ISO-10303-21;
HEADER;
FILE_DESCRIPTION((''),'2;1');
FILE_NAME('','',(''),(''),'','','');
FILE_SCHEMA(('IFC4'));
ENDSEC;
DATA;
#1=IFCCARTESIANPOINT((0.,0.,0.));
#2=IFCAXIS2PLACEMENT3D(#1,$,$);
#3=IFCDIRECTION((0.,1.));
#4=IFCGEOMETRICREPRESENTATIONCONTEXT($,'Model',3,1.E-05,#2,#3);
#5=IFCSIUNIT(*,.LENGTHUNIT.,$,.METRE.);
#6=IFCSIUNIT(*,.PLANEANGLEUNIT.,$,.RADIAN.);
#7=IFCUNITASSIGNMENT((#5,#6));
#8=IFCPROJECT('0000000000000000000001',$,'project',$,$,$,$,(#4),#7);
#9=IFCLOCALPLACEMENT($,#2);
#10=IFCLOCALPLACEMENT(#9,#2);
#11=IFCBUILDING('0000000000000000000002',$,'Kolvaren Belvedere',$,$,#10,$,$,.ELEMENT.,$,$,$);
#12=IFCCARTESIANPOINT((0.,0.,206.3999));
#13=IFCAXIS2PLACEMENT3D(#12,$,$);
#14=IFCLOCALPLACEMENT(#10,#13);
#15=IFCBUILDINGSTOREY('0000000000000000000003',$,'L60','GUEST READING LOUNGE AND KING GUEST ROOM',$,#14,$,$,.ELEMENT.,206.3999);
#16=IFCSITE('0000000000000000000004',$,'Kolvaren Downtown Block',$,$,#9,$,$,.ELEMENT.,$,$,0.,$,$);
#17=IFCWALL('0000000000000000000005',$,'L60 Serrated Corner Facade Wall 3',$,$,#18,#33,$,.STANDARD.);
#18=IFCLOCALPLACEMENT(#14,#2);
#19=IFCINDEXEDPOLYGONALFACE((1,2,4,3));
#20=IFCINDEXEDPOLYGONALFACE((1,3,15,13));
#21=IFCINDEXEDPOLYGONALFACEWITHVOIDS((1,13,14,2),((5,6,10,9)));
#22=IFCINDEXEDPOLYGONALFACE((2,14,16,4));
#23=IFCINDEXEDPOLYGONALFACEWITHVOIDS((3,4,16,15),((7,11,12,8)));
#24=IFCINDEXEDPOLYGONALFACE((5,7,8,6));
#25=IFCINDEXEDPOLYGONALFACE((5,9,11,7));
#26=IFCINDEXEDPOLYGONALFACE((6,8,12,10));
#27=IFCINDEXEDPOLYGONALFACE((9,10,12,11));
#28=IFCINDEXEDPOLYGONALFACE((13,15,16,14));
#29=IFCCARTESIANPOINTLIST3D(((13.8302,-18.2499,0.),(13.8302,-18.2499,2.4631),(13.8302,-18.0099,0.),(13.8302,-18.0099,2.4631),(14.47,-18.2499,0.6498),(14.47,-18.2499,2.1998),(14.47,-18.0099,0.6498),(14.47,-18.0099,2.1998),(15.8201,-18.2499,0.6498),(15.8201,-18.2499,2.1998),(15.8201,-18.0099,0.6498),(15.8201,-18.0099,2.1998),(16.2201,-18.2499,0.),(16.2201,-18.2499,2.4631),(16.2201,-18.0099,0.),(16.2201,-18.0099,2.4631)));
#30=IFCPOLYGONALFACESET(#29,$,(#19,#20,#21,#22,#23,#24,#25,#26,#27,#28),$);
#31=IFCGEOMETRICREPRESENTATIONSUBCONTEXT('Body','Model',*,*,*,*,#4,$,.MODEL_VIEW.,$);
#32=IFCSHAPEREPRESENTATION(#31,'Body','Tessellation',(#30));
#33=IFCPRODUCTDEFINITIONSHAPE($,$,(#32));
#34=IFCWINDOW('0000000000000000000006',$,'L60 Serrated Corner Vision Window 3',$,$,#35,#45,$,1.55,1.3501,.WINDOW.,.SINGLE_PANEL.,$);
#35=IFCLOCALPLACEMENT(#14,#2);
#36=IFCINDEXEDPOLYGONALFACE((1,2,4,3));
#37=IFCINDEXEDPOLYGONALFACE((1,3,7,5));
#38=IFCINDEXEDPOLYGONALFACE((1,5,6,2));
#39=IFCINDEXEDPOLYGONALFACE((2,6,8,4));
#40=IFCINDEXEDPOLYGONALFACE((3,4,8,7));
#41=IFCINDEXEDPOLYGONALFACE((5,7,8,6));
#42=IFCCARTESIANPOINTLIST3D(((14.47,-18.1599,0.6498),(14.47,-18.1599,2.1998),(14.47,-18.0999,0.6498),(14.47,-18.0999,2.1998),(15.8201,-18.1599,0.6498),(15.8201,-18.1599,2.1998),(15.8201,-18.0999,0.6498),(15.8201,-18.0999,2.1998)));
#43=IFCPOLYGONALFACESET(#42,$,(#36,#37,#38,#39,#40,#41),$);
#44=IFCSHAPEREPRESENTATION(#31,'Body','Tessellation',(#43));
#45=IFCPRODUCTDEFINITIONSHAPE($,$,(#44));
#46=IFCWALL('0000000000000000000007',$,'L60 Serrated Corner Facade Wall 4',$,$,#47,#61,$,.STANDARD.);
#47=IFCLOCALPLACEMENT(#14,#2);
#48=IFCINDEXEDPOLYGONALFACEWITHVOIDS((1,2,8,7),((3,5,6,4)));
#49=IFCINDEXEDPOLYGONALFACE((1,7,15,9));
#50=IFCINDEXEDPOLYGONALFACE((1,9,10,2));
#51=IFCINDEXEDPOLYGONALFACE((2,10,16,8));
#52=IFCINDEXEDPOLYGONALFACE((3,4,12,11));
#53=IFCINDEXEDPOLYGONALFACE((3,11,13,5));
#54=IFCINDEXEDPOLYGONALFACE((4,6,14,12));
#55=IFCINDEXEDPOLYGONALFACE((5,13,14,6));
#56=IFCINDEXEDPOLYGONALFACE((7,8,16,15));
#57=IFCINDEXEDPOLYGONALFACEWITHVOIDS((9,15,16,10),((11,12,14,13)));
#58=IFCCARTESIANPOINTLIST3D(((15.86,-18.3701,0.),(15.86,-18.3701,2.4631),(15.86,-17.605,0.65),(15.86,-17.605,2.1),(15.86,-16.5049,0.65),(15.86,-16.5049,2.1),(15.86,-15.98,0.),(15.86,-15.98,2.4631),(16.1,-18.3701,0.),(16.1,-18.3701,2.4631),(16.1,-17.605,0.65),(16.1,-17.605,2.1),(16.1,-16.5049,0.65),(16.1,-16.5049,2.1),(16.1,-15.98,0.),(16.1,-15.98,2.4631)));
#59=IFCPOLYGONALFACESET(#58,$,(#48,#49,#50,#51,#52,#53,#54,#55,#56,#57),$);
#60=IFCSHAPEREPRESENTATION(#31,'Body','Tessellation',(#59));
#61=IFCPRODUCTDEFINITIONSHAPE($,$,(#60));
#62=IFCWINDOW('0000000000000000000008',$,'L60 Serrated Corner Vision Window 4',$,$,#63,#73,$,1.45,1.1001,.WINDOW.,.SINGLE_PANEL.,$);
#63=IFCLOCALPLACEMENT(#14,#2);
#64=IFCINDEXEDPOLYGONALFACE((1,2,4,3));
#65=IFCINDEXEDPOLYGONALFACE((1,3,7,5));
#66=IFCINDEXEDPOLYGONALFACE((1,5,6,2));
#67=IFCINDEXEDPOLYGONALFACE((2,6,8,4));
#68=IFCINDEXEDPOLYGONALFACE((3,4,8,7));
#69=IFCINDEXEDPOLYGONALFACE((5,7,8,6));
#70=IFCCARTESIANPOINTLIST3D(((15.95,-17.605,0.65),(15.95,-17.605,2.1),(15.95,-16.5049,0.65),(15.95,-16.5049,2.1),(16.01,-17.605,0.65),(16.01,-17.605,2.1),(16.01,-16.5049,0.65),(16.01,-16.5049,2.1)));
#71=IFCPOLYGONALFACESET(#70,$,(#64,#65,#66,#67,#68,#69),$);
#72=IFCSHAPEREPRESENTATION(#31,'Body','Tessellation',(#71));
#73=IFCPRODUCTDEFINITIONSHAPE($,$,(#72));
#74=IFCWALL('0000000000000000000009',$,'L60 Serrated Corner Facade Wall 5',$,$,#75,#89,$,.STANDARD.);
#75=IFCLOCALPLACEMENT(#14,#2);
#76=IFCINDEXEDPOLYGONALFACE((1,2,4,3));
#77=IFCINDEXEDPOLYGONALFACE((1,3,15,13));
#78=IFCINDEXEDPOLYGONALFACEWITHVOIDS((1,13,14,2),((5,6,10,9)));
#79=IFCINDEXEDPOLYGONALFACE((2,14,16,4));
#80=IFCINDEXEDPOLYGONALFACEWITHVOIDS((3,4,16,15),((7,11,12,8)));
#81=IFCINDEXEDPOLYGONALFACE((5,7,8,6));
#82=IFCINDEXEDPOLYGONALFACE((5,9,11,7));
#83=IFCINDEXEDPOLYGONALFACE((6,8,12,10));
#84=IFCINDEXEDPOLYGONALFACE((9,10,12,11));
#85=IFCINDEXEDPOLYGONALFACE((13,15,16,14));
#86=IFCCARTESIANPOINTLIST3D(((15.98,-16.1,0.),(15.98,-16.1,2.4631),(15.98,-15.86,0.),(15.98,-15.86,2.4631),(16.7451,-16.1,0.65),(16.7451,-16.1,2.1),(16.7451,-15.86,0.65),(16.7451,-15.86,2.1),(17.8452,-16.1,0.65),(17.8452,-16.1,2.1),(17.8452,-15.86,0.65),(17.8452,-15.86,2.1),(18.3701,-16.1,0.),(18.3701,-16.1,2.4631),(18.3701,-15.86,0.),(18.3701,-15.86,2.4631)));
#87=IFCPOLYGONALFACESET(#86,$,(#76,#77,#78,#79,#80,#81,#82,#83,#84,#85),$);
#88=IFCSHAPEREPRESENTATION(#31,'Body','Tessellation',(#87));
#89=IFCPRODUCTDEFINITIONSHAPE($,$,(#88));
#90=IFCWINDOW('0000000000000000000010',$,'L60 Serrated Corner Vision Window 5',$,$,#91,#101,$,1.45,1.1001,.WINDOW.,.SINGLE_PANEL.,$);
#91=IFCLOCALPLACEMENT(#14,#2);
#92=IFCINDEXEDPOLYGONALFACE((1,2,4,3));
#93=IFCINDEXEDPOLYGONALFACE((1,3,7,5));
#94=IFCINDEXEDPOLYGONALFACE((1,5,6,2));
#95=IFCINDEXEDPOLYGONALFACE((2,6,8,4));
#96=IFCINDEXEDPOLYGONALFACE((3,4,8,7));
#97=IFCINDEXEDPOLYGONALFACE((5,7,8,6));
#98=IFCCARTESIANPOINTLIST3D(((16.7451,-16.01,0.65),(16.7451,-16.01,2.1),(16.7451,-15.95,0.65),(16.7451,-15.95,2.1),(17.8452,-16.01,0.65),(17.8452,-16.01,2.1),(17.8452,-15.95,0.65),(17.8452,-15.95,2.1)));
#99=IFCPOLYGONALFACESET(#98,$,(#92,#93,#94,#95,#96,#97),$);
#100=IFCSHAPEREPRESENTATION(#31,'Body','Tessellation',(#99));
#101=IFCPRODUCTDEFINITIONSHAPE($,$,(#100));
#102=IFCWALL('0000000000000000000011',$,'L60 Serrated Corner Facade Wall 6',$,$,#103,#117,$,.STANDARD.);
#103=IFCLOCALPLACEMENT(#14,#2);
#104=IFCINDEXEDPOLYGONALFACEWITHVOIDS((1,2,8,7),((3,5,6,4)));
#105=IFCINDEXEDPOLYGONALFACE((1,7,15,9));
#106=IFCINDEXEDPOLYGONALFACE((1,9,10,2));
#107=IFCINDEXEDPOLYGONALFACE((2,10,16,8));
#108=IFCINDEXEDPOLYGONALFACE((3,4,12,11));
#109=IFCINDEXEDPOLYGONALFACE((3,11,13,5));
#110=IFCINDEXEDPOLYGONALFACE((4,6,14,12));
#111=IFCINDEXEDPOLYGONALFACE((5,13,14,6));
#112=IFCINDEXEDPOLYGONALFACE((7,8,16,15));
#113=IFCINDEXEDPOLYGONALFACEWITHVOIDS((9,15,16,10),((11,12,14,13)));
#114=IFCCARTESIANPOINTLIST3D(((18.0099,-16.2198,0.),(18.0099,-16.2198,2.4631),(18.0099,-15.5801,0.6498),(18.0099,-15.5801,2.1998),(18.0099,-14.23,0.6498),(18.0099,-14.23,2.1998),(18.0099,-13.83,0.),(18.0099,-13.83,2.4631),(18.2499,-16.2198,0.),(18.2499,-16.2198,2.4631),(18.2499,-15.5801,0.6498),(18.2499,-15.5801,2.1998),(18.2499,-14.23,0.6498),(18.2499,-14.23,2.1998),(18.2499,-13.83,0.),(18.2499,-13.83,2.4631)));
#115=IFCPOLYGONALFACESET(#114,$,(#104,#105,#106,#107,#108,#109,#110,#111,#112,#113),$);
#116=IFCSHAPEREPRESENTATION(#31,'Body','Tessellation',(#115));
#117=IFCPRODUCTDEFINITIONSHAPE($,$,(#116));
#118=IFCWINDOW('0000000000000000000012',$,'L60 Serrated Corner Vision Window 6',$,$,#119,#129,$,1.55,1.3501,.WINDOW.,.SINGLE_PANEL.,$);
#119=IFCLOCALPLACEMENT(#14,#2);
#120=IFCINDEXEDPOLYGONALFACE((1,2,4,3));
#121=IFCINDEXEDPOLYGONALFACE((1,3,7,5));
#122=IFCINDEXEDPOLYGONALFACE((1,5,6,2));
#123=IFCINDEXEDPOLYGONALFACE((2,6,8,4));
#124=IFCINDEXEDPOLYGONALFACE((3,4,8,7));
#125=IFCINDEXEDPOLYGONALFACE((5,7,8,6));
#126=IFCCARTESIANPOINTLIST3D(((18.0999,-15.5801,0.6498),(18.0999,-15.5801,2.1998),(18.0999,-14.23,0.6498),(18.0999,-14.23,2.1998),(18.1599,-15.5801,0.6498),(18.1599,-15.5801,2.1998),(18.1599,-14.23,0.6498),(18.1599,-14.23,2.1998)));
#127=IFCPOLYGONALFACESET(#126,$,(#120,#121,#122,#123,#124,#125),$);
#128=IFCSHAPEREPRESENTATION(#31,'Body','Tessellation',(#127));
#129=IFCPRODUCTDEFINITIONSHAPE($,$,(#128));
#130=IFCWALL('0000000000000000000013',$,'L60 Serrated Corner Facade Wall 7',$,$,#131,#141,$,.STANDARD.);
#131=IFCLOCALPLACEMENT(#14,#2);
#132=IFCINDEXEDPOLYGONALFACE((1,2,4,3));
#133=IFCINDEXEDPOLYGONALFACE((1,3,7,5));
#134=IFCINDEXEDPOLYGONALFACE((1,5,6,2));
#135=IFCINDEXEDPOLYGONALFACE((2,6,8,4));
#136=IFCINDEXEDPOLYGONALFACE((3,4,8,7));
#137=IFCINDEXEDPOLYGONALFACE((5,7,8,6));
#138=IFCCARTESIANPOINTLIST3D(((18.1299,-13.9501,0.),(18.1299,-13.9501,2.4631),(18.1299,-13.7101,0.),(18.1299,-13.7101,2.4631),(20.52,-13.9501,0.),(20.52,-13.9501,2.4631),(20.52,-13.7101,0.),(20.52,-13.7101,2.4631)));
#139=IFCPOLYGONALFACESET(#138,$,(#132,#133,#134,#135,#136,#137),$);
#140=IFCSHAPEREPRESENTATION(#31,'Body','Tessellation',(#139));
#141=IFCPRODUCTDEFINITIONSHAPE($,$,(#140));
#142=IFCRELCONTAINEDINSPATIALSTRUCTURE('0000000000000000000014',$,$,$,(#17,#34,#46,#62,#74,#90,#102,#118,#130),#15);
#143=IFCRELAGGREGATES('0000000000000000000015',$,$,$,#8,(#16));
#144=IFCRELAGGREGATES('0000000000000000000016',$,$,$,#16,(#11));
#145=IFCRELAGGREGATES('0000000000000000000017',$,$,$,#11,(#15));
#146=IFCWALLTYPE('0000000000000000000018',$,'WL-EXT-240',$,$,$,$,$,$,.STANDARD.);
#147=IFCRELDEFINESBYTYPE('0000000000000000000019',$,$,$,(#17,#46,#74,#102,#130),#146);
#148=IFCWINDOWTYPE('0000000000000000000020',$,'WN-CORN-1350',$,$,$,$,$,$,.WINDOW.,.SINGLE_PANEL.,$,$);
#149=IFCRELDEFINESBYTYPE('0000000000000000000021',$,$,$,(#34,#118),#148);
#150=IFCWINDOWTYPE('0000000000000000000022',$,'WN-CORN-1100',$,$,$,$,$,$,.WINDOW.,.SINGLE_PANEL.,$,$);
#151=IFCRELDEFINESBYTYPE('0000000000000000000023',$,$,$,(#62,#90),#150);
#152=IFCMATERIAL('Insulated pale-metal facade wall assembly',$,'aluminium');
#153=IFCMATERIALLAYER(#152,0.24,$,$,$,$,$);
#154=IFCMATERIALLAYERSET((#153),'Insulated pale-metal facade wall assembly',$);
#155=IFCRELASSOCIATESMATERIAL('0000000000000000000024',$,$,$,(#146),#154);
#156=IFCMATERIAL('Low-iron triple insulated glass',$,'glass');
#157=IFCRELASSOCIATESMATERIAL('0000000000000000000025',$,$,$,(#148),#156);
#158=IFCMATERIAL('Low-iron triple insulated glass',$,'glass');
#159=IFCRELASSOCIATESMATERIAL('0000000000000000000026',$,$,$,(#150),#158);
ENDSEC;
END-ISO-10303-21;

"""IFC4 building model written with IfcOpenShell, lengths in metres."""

from ifc_helpers import new_model, si_unit, direction, frame, frame_2d, origin, place, context, subcontext, project, spatial, rectangle, extrude, material, layer, layer_set, type_object, element, fill, save


model = new_model("IFC4")

# Units and contexts
model_context = context("Model", 3, precision=1e-05, world=origin(), true_north=direction((0.0, 1.0)))
body_context = subcontext(model_context, "Body", "Model", "MODEL_VIEW")
ifc_project = project(units=[si_unit("LENGTHUNIT", "METRE"), si_unit("PLANEANGLEUNIT", "RADIAN")], contexts=[model_context])

# Site, building, storey
site_placement = place(None, origin())
site = spatial("IfcSite", under=ifc_project, at=site_placement, Name="Kolvaren Downtown Block", CompositionType="ELEMENT", RefElevation=0.0)
building_placement = place(site_placement, origin())
building = spatial("IfcBuilding", under=site, at=building_placement, Name="Kolvaren Belvedere", CompositionType="ELEMENT")
storey_placement = place(building_placement, frame((0.0, 0.0, 206.3999)))
storey = spatial("IfcBuildingStorey", under=building, at=storey_placement, Name="L60", Description="GUEST READING LOUNGE AND KING GUEST ROOM", CompositionType="ELEMENT", Elevation=206.3999)

# Shared definitions
ifc_material_1 = material(Name="Insulated pale-metal facade wall assembly", Category="aluminium")
ifc_layer_1 = layer(ifc_material_1, 0.24)
ifc_layer_set_1 = layer_set([ifc_layer_1], Name="Insulated pale-metal facade wall assembly")
wall_type = type_object("IfcWallType", Name="WL-EXT-240", PredefinedType="STANDARD", material=ifc_layer_set_1)

# Walls, openings, windows
wall_1_placement = place(storey_placement, frame((16.22, -18.1299, 0.0), z_axis=(0.0, 0.0, 1.0), x_axis=(-1.0, 0.0, 0.0)))
wall_1 = element("IfcWall", 1, at=wall_1_placement, inside=storey, type_object=wall_type, Name="L60 Serrated Corner Facade Wall 3", PredefinedType="STANDARD", context=body_context, shape_type="SweptSolid", body=[
    extrude(rectangle(XDim=2.3899, YDim=0.24, at=frame_2d((1.1948, 0.0))), origin(), (0.0, 0.0, 1.0), 2.4631),
])
opening_1_placement = place(wall_1_placement, frame((0.3999, 0.0, 0.6499)))
opening_1 = element("IfcOpeningElement", 2, at=opening_1_placement, cuts=wall_1, PredefinedType="OPENING", context=body_context, shape_type="SweptSolid", body=[
    extrude(rectangle(XDim=1.3501, YDim=1.55, at=frame_2d((0.675, 0.7749))), frame((0.0, 0.1299, 0.0), z_axis=(0.0, -1.0, 0.0), x_axis=(1.0, 0.0, 0.0)), (0.0, 0.0, 1.0), 0.26),
])
ifc_material_2 = material(Name="Low-iron triple insulated glass", Category="glass")
window_type_1 = type_object("IfcWindowType", Name="WN-CORN-1350", PartitioningType="SINGLE_PANEL", PredefinedType="WINDOW", material=ifc_material_2)
window_1_placement = place(opening_1_placement, origin())
window_1 = element("IfcWindow", 3, at=window_1_placement, inside=storey, type_object=window_type_1, Name="L60 Serrated Corner Vision Window 3", OverallHeight=1.55, OverallWidth=1.3501, PartitioningType="SINGLE_PANEL", PredefinedType="WINDOW", context=body_context, shape_type="SweptSolid", body=[
    extrude(rectangle(XDim=1.3501, YDim=1.55, at=frame_2d((0.675, 0.7749))), frame((0.0, 0.03, 0.0), z_axis=(0.0, -1.0, 0.0), x_axis=(1.0, 0.0, 0.0)), (0.0, 0.0, 1.0), 0.0601),
])
fill(opening_1, window_1)
wall_2_placement = place(storey_placement, frame((15.98, -15.98, 0.0), z_axis=(0.0, 0.0, 1.0), x_axis=(0.0, -1.0, 0.0)))
wall_2 = element("IfcWall", 4, at=wall_2_placement, inside=storey, type_object=wall_type, Name="L60 Serrated Corner Facade Wall 4", PredefinedType="STANDARD", context=body_context, shape_type="SweptSolid", body=[
    extrude(rectangle(XDim=2.3901, YDim=0.24, at=frame_2d((1.1951, 0.0))), origin(), (0.0, 0.0, 1.0), 2.4631),
])
opening_2_placement = place(wall_2_placement, frame((0.5249, 0.0, 0.6499)))
opening_2 = element("IfcOpeningElement", 5, at=opening_2_placement, cuts=wall_2, PredefinedType="OPENING", context=body_context, shape_type="SweptSolid", body=[
    extrude(rectangle(XDim=1.1001, YDim=1.45, at=frame_2d((0.55, 0.7251))), frame((0.0, 0.1299, 0.0), z_axis=(0.0, -1.0, 0.0), x_axis=(1.0, 0.0, 0.0)), (0.0, 0.0, 1.0), 0.26),
])
ifc_material_3 = material(Name="Low-iron triple insulated glass", Category="glass")
window_type_2 = type_object("IfcWindowType", Name="WN-CORN-1100", PartitioningType="SINGLE_PANEL", PredefinedType="WINDOW", material=ifc_material_3)
window_2_placement = place(opening_2_placement, origin())
window_2 = element("IfcWindow", 6, at=window_2_placement, inside=storey, type_object=window_type_2, Name="L60 Serrated Corner Vision Window 4", OverallHeight=1.45, OverallWidth=1.1001, PartitioningType="SINGLE_PANEL", PredefinedType="WINDOW", context=body_context, shape_type="SweptSolid", body=[
    extrude(rectangle(XDim=1.1001, YDim=1.45, at=frame_2d((0.55, 0.7251))), frame((0.0, 0.03, 0.0), z_axis=(0.0, -1.0, 0.0), x_axis=(1.0, 0.0, 0.0)), (0.0, 0.0, 1.0), 0.0601),
])
fill(opening_2, window_2)
wall_3_placement = place(storey_placement, frame((18.3701, -15.98, 0.0), z_axis=(0.0, 0.0, 1.0), x_axis=(-1.0, 0.0, 0.0)))
wall_3 = element("IfcWall", 7, at=wall_3_placement, inside=storey, type_object=wall_type, Name="L60 Serrated Corner Facade Wall 5", PredefinedType="STANDARD", context=body_context, shape_type="SweptSolid", body=[
    extrude(rectangle(XDim=2.3901, YDim=0.24, at=frame_2d((1.1951, 0.0))), origin(), (0.0, 0.0, 1.0), 2.4631),
])
opening_3_placement = place(wall_3_placement, frame((0.5249, 0.0, 0.6499)))
opening_3 = element("IfcOpeningElement", 8, at=opening_3_placement, cuts=wall_3, PredefinedType="OPENING", context=body_context, shape_type="SweptSolid", body=[
    extrude(rectangle(XDim=1.1001, YDim=1.45, at=frame_2d((0.55, 0.7251))), frame((0.0, 0.1299, 0.0), z_axis=(0.0, -1.0, 0.0), x_axis=(1.0, 0.0, 0.0)), (0.0, 0.0, 1.0), 0.26),
])
window_3_placement = place(opening_3_placement, origin())
window_3 = element("IfcWindow", 9, at=window_3_placement, inside=storey, type_object=window_type_2, Name="L60 Serrated Corner Vision Window 5", OverallHeight=1.45, OverallWidth=1.1001, PartitioningType="SINGLE_PANEL", PredefinedType="WINDOW", context=body_context, shape_type="SweptSolid", body=[
    extrude(rectangle(XDim=1.1001, YDim=1.45, at=frame_2d((0.55, 0.7251))), frame((0.0, 0.03, 0.0), z_axis=(0.0, -1.0, 0.0), x_axis=(1.0, 0.0, 0.0)), (0.0, 0.0, 1.0), 0.0601),
])
fill(opening_3, window_3)
wall_4_placement = place(storey_placement, frame((18.1299, -13.8301, 0.0), z_axis=(0.0, 0.0, 1.0), x_axis=(0.0, -1.0, 0.0)))
wall_4 = element("IfcWall", 10, at=wall_4_placement, inside=storey, type_object=wall_type, Name="L60 Serrated Corner Facade Wall 6", PredefinedType="STANDARD", context=body_context, shape_type="SweptSolid", body=[
    extrude(rectangle(XDim=2.3899, YDim=0.24, at=frame_2d((1.1948, 0.0))), origin(), (0.0, 0.0, 1.0), 2.4631),
])
opening_4_placement = place(wall_4_placement, frame((0.3999, 0.0, 0.6499)))
opening_4 = element("IfcOpeningElement", 11, at=opening_4_placement, cuts=wall_4, PredefinedType="OPENING", context=body_context, shape_type="SweptSolid", body=[
    extrude(rectangle(XDim=1.3501, YDim=1.55, at=frame_2d((0.675, 0.7749))), frame((0.0, 0.1299, 0.0), z_axis=(0.0, -1.0, 0.0), x_axis=(1.0, 0.0, 0.0)), (0.0, 0.0, 1.0), 0.26),
])
window_4_placement = place(opening_4_placement, origin())
window_4 = element("IfcWindow", 12, at=window_4_placement, inside=storey, type_object=window_type_1, Name="L60 Serrated Corner Vision Window 6", OverallHeight=1.55, OverallWidth=1.3501, PartitioningType="SINGLE_PANEL", PredefinedType="WINDOW", context=body_context, shape_type="SweptSolid", body=[
    extrude(rectangle(XDim=1.3501, YDim=1.55, at=frame_2d((0.675, 0.7749))), frame((0.0, 0.03, 0.0), z_axis=(0.0, -1.0, 0.0), x_axis=(1.0, 0.0, 0.0)), (0.0, 0.0, 1.0), 0.0601),
])
fill(opening_4, window_4)

# Wall
wall_5_placement = place(storey_placement, frame((20.52, -13.8301, 0.0), z_axis=(0.0, 0.0, 1.0), x_axis=(-1.0, 0.0, 0.0)))
element("IfcWall", 13, at=wall_5_placement, inside=storey, type_object=wall_type, Name="L60 Serrated Corner Facade Wall 7", PredefinedType="STANDARD", context=body_context, shape_type="SweptSolid", body=[
    extrude(rectangle(XDim=2.3901, YDim=0.24, at=frame_2d((1.1951, 0.0))), origin(), (0.0, 0.0, 1.0), 2.4631),
])

save(model, "model.ifc")
